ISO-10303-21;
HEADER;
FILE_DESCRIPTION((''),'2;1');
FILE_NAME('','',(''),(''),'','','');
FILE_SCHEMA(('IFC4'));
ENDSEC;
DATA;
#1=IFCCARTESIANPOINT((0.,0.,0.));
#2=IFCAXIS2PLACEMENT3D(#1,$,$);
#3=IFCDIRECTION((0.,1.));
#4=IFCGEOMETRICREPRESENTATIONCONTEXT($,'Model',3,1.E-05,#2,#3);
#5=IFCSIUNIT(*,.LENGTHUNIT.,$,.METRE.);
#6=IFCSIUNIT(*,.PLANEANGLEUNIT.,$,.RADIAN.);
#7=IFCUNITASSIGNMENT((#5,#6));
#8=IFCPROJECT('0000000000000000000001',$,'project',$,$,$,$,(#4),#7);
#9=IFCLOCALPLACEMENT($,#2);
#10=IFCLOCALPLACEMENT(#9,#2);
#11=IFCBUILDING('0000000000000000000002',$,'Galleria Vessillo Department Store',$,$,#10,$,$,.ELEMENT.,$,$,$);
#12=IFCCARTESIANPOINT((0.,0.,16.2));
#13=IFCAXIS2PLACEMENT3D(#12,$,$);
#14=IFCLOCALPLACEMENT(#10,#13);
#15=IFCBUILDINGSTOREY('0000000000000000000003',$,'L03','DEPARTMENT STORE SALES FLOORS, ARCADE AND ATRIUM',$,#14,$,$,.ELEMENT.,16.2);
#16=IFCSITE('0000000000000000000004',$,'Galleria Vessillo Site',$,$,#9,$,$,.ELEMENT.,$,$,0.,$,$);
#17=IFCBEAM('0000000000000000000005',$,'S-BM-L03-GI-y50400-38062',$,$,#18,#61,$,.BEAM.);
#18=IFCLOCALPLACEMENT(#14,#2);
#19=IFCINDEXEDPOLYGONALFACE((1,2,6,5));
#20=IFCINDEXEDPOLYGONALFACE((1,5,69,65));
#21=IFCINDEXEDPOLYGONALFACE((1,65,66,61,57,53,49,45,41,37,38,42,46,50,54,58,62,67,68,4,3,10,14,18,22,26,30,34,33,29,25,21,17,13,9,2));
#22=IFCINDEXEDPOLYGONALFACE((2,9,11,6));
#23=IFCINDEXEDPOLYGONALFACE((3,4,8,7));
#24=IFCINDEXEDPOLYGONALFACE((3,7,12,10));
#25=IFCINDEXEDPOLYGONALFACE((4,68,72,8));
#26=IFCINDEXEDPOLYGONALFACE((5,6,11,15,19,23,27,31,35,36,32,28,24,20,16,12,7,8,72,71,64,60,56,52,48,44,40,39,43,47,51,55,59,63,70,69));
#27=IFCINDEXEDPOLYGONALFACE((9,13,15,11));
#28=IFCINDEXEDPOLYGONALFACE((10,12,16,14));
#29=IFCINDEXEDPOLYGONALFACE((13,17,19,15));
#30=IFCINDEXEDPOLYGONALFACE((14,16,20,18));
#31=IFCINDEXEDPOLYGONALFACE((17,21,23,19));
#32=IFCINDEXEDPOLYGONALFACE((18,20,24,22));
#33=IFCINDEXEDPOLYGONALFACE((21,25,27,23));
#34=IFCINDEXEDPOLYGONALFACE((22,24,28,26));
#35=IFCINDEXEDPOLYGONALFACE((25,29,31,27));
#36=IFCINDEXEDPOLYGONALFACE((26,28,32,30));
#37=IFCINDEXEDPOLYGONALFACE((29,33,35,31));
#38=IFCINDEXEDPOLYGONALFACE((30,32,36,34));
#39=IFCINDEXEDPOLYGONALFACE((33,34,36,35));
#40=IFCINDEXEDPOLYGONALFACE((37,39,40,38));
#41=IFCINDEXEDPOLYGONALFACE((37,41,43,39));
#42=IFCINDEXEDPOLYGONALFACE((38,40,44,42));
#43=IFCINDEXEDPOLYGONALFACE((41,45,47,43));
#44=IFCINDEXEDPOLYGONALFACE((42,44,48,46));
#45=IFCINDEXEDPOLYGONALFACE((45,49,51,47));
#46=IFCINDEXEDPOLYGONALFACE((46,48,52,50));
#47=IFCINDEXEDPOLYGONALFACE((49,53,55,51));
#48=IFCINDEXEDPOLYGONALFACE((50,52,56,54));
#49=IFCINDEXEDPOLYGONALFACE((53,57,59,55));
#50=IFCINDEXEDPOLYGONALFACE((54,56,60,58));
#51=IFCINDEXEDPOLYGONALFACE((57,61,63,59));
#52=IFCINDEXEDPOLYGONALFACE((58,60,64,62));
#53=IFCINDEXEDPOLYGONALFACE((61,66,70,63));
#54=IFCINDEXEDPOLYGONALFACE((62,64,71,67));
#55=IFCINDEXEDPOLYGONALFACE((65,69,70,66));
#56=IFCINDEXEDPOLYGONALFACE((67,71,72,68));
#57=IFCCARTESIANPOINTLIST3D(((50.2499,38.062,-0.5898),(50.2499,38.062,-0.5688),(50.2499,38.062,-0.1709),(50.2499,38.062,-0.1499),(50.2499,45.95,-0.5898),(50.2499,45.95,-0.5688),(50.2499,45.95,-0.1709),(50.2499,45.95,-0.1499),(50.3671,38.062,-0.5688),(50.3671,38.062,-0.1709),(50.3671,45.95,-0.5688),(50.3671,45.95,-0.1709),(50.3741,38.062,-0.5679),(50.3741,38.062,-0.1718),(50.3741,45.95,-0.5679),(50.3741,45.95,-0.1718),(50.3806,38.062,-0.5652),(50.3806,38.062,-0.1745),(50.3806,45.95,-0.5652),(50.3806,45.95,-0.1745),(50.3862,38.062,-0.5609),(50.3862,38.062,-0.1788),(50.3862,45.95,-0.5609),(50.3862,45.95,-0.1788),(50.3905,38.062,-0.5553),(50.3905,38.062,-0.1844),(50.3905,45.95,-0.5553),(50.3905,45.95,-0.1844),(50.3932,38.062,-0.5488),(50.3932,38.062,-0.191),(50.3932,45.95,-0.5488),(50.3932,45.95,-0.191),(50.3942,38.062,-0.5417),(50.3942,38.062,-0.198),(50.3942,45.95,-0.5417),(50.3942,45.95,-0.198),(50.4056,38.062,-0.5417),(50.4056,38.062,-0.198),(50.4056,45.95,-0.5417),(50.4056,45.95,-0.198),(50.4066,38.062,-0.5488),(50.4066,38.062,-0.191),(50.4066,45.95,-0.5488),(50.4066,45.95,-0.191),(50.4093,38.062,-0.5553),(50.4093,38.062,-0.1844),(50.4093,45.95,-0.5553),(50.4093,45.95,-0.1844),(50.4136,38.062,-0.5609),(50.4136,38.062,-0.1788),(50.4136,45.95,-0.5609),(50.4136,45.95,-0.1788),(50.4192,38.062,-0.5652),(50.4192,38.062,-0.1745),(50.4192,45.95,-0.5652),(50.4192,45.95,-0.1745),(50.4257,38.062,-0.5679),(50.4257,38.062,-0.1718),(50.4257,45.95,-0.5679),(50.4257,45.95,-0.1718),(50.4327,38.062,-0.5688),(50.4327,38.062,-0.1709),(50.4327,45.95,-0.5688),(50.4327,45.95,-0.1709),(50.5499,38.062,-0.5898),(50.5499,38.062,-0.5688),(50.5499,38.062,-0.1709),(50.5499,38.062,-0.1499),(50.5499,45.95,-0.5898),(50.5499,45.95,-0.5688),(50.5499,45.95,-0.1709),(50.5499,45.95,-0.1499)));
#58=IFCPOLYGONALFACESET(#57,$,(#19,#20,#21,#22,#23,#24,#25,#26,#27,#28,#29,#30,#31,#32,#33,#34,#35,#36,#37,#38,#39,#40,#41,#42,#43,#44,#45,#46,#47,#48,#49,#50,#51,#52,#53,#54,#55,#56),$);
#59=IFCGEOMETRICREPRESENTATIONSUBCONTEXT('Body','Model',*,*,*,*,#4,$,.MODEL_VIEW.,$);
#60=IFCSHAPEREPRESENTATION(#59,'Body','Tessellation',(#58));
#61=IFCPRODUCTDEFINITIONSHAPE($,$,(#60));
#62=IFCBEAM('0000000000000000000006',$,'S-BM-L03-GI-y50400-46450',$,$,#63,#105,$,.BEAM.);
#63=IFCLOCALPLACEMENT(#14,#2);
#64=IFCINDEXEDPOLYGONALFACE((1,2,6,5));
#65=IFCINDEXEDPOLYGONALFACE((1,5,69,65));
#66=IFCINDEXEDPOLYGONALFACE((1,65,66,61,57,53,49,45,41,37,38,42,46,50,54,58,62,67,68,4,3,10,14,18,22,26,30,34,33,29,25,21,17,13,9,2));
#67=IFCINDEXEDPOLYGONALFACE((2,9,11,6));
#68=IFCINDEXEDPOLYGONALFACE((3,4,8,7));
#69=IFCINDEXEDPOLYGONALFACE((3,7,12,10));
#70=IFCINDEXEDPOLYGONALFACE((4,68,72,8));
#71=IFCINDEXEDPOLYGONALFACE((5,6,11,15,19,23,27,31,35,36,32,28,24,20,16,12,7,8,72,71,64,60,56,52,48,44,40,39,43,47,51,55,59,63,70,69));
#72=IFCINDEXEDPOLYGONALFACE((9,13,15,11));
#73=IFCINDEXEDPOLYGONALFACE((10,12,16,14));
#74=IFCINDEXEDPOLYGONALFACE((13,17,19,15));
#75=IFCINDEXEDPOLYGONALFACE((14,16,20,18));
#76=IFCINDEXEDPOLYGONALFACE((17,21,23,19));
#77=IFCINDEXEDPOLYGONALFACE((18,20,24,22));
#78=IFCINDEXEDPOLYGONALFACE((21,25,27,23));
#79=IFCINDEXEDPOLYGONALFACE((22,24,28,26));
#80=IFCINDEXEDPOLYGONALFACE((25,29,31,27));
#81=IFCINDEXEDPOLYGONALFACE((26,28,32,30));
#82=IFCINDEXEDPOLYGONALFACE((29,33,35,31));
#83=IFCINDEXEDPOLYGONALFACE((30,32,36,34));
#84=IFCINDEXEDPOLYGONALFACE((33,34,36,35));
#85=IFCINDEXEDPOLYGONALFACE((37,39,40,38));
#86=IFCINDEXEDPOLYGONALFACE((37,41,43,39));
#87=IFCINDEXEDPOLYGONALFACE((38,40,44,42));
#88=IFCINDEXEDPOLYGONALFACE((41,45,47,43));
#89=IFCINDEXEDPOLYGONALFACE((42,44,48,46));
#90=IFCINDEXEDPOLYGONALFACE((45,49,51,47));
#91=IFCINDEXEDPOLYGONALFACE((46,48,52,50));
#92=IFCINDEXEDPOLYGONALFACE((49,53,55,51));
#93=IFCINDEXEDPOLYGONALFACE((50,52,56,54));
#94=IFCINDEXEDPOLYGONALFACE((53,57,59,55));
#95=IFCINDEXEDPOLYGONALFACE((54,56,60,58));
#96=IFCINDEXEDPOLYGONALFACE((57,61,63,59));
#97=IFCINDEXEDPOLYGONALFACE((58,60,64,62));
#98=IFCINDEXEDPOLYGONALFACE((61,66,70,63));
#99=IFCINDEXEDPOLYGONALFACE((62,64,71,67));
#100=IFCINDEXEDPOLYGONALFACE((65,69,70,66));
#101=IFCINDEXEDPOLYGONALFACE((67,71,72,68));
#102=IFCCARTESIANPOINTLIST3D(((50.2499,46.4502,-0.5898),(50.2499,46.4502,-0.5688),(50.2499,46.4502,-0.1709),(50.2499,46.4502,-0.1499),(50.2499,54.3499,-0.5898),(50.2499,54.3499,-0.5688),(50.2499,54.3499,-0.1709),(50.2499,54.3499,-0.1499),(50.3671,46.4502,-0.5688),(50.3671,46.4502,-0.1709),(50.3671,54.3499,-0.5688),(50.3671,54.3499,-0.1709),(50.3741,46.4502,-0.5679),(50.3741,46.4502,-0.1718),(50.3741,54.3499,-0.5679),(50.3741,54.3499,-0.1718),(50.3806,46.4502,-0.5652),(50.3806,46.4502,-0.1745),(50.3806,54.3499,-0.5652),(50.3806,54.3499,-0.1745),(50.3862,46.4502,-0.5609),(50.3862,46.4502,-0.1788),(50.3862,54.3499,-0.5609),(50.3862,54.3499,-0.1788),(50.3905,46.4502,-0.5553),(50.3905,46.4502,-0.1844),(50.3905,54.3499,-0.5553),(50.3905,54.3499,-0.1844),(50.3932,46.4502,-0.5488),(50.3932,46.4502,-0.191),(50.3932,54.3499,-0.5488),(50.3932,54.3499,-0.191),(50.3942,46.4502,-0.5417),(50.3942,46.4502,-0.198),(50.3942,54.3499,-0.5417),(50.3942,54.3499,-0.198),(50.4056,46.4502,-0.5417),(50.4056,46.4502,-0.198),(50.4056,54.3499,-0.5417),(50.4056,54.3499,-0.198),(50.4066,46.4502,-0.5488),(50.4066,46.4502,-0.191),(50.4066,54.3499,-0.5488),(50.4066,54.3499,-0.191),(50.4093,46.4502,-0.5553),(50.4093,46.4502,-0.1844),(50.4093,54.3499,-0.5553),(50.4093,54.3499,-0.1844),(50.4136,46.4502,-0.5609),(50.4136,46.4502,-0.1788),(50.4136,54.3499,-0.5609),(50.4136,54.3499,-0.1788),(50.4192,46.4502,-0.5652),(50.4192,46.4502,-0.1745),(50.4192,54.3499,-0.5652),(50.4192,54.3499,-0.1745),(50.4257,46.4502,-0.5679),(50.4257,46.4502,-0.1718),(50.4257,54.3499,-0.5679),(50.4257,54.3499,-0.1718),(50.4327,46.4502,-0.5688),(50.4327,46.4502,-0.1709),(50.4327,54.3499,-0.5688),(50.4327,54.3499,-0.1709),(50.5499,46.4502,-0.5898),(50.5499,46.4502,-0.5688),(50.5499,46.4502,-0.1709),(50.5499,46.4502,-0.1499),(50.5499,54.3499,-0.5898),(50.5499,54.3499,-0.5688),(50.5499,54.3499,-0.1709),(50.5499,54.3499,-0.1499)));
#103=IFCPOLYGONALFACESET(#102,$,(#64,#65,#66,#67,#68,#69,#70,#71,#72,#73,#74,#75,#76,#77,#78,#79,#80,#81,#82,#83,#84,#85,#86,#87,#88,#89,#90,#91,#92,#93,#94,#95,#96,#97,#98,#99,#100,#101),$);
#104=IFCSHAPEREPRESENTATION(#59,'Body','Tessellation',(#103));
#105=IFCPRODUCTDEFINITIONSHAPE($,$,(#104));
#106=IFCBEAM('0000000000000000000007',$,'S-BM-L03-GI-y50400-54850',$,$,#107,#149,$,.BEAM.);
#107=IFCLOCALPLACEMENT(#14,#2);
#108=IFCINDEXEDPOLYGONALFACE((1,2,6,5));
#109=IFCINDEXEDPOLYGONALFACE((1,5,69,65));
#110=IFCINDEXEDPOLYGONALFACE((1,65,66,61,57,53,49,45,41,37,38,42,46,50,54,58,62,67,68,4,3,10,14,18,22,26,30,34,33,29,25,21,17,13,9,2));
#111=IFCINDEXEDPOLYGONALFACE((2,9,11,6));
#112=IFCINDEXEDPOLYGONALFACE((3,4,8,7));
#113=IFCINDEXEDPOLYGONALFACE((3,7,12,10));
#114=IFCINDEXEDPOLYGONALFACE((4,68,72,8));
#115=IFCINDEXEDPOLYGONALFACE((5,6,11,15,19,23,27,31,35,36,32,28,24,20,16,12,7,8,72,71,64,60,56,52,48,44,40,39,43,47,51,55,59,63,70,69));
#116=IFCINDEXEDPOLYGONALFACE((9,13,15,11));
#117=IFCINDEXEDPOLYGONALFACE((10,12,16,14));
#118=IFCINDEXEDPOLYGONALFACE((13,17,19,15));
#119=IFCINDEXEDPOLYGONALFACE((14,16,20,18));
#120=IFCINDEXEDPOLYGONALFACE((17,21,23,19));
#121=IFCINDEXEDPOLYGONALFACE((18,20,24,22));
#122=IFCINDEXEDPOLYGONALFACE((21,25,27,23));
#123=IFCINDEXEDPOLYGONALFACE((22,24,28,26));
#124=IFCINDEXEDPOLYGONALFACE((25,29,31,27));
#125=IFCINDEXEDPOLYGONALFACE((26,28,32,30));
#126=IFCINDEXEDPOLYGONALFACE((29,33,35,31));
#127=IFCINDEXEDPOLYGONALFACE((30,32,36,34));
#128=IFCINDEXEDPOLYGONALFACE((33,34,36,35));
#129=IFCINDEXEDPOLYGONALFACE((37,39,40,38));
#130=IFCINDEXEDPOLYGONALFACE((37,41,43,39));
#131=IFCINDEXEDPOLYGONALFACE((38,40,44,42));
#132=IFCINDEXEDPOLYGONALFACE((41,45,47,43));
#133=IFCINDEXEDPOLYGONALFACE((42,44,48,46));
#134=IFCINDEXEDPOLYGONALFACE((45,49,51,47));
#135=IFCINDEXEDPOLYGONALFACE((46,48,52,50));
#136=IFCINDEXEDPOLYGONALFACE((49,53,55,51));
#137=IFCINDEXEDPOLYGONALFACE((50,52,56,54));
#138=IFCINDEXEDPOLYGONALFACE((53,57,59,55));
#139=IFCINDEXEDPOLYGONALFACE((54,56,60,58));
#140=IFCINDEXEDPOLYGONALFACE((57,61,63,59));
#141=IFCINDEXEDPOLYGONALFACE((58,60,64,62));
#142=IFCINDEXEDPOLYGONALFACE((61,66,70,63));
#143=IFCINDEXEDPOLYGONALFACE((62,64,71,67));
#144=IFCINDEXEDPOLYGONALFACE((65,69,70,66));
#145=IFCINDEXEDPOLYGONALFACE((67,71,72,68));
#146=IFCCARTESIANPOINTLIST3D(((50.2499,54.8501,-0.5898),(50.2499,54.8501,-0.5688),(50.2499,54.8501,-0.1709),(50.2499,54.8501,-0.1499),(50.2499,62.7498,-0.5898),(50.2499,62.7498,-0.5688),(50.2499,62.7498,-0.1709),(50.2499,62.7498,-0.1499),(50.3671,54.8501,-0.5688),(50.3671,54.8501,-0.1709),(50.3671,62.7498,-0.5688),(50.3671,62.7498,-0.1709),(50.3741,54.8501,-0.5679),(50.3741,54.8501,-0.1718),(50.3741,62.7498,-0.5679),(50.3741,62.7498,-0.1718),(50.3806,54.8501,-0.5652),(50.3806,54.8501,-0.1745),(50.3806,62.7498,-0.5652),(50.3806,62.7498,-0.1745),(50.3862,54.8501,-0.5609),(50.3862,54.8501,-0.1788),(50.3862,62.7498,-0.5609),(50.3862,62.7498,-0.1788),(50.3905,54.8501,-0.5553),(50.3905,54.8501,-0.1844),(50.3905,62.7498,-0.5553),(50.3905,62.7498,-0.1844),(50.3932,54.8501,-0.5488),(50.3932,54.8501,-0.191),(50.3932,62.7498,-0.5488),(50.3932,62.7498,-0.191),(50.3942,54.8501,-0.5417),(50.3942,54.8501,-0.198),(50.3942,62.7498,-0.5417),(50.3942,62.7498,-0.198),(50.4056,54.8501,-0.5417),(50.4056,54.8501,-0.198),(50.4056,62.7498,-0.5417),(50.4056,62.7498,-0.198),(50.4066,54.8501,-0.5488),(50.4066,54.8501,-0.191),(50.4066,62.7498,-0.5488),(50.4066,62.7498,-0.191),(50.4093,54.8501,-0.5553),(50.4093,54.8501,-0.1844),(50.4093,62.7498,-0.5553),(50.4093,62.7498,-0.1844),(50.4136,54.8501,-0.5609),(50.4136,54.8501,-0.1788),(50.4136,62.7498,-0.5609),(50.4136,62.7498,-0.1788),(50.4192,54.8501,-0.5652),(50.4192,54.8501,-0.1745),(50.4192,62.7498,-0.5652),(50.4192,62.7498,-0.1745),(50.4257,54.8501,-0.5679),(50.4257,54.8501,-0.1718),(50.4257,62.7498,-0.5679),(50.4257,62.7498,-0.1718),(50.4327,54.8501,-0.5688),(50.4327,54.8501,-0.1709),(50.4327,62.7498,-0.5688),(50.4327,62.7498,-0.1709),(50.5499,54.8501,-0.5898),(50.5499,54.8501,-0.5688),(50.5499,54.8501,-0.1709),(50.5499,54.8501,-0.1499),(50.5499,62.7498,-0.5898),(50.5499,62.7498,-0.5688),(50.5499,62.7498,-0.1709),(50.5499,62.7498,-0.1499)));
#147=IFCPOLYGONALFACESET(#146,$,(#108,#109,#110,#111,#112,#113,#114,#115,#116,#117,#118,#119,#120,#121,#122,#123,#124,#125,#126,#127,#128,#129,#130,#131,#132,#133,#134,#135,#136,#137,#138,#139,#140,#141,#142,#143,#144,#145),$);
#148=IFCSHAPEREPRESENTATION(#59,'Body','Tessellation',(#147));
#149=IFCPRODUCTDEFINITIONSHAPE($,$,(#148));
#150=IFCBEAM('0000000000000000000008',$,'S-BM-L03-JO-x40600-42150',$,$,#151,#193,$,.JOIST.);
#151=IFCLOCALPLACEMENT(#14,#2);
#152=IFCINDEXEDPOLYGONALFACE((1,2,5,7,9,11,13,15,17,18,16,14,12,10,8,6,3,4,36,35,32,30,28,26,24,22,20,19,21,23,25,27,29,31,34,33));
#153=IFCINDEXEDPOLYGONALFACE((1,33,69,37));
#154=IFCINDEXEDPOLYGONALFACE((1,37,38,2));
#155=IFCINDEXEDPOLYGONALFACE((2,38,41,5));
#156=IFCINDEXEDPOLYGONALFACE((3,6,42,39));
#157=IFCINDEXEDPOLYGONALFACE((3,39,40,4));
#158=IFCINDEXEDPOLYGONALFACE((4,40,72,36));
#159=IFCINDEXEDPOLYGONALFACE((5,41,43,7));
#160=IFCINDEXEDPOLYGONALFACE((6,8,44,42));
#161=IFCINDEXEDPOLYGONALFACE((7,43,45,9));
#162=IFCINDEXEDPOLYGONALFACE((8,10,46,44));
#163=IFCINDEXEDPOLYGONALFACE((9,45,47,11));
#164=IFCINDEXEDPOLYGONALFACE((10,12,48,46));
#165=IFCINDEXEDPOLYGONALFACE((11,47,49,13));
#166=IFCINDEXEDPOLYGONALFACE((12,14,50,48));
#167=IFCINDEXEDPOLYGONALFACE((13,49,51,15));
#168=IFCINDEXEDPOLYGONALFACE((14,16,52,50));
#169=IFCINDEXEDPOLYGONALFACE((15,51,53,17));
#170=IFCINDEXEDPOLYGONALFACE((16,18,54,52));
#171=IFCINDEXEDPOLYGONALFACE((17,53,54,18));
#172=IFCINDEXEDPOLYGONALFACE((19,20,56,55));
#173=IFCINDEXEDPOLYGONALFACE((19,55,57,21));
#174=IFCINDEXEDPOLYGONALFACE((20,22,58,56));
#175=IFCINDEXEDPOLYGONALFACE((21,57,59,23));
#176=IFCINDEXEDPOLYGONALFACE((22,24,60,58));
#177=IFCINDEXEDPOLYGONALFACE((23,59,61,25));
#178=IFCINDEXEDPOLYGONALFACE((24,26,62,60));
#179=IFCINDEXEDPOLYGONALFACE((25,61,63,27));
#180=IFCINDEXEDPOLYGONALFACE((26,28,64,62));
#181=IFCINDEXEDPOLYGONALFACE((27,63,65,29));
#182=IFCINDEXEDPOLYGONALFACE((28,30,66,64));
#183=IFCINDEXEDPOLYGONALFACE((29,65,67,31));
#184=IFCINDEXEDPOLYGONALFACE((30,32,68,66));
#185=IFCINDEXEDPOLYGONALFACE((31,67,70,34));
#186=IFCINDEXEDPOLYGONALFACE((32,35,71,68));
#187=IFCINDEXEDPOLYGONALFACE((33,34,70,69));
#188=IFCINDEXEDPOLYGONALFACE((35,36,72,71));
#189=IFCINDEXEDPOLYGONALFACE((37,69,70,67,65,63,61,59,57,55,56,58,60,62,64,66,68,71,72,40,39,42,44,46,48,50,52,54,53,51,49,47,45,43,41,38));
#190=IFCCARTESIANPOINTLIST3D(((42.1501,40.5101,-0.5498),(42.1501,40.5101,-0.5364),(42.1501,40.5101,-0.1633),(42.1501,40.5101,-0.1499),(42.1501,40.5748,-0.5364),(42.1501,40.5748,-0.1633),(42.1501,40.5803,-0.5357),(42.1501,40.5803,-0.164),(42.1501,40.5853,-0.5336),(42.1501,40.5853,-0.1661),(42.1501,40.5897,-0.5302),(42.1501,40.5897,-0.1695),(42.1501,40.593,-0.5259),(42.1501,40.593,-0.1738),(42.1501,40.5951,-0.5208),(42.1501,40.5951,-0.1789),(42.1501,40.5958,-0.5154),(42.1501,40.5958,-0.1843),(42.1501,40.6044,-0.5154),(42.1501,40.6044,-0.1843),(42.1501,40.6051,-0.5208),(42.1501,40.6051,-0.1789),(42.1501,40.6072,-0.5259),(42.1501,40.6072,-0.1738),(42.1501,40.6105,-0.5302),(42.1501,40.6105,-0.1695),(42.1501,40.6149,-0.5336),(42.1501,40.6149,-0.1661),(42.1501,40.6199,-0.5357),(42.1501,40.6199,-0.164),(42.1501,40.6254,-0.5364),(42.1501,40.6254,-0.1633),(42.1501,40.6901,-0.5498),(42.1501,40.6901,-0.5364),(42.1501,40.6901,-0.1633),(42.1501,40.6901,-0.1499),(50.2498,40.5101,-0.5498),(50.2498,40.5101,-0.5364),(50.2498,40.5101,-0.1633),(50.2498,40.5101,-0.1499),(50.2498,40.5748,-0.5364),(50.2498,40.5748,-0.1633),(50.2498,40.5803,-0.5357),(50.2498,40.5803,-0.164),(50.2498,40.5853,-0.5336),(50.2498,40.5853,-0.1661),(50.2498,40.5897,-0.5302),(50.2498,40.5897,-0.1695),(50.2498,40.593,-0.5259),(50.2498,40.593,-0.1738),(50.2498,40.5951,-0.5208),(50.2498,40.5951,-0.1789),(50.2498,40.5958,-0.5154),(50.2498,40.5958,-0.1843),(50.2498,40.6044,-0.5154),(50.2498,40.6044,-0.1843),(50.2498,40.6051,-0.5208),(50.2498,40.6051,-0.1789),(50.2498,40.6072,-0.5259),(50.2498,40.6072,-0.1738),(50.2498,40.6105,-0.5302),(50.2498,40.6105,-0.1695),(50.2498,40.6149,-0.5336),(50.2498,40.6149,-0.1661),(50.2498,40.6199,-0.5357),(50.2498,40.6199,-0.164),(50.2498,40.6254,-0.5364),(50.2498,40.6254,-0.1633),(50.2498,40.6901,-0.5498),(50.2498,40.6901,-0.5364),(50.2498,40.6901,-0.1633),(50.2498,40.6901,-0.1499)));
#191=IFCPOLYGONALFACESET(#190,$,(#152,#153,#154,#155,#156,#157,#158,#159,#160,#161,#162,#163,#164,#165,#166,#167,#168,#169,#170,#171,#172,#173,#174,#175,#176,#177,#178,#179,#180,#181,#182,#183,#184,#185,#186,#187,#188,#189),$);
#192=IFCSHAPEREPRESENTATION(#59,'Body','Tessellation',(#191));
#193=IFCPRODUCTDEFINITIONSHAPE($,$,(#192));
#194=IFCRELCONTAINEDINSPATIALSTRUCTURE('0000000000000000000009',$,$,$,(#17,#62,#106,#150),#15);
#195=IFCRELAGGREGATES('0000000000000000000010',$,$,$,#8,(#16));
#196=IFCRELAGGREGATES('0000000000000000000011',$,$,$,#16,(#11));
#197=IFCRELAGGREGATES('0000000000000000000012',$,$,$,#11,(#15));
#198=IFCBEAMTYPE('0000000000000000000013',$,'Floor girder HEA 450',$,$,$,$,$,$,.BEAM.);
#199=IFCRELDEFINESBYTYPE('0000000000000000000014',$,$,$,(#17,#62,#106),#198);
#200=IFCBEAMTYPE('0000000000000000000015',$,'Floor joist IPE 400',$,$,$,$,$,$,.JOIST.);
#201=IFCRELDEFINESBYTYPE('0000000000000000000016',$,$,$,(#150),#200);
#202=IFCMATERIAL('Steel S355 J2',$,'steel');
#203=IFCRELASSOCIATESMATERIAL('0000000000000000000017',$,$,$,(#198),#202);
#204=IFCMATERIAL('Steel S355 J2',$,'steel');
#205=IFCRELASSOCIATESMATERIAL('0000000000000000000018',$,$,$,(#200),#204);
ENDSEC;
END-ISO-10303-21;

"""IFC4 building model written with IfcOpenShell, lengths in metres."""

from ifc_helpers import new_model, si_unit, direction, frame, origin, origin_2d, place, context, subcontext, project, spatial, i_section, extrude, material, material_profile, profile_set, type_object, element, save


model = new_model("IFC4")

# Units and contexts
model_context = context("Model", 3, precision=1e-05, world=origin(), true_north=direction((0.0, 1.0)))
body_context = subcontext(model_context, "Body", "Model", "MODEL_VIEW")
ifc_project = project(units=[si_unit("LENGTHUNIT", "METRE"), si_unit("PLANEANGLEUNIT", "RADIAN")], contexts=[model_context])

# Site, building, storey
site_placement = place(None, origin())
site = spatial("IfcSite", under=ifc_project, at=site_placement, Name="Galleria Vessillo Site", CompositionType="ELEMENT", RefElevation=0.0)
building_placement = place(site_placement, origin())
building = spatial("IfcBuilding", under=site, at=building_placement, Name="Galleria Vessillo Department Store", CompositionType="ELEMENT")
storey_placement = place(building_placement, frame((0.0, 0.0, 16.2)))
storey = spatial("IfcBuildingStorey", under=building, at=storey_placement, Name="L03", Description="DEPARTMENT STORE SALES FLOORS, ARCADE AND ATRIUM", CompositionType="ELEMENT", Elevation=16.2)

# Beams
ifc_material_1 = material(Name="Steel S355 J2", Category="steel")
ifc_material_profile_1 = material_profile(ifc_material_1, i_section(OverallWidth=0.3, OverallDepth=0.4399, WebThickness=0.0115, FlangeThickness=0.021, FilletRadius=0.0271, at=origin_2d()), Name="HEA 450")
ifc_profile_set_1 = profile_set([ifc_material_profile_1], Name="Steel S355 J2")
beam_type_1 = type_object("IfcBeamType", Name="Floor girder HEA 450", PredefinedType="BEAM", material=ifc_profile_set_1)
beam_placement = place(storey_placement, frame((50.3999, 38.062, -0.3699), z_axis=(0.0, 1.0, 0.0), x_axis=(-1.0, 0.0, 0.0)))
element("IfcBeam", 1, at=beam_placement, inside=storey, type_object=beam_type_1, Name="S-BM-L03-GI-y50400-38062", PredefinedType="BEAM", context=body_context, shape_type="SweptSolid", body=[
    extrude(i_section(OverallWidth=0.3, OverallDepth=0.4399, WebThickness=0.0115, FlangeThickness=0.021, FilletRadius=0.0271, at=origin_2d()), origin(), (0.0, 0.0, 1.0), 7.8879),
])
for number, where, z_axis, x_axis, name in (
    (2, (50.3999, 46.4502, -0.3699), (0.0, 1.0, 0.0), (-1.0, 0.0, 0.0), "S-BM-L03-GI-y50400-46450"),
    (3, (50.3999, 54.8501, -0.3699), (0.0, 1.0, 0.0), (-1.0, 0.0, 0.0), "S-BM-L03-GI-y50400-54850"),
):
    element("IfcBeam", number, at=place(storey_placement, frame(where, z_axis=z_axis, x_axis=x_axis)), inside=storey, type_object=beam_type_1, Name=name, PredefinedType="BEAM", context=body_context, shape_type="SweptSolid", body=[
        extrude(i_section(OverallWidth=0.3, OverallDepth=0.4399, WebThickness=0.0115, FlangeThickness=0.021, FilletRadius=0.0271, at=origin_2d()), origin(), (0.0, 0.0, 1.0), 7.8997),
    ])
ifc_material_2 = material(Name="Steel S355 J2", Category="steel")
ifc_material_profile_2 = material_profile(ifc_material_2, i_section(OverallWidth=0.1799, OverallDepth=0.3999, WebThickness=0.0085, FlangeThickness=0.0134, FilletRadius=0.021, at=origin_2d()), Name="IPE 400")
ifc_profile_set_2 = profile_set([ifc_material_profile_2], Name="Steel S355 J2")
beam_type_2 = type_object("IfcBeamType", Name="Floor joist IPE 400", PredefinedType="JOIST", material=ifc_profile_set_2)
for number, where, z_axis, x_axis, name in (
    (4, (42.1501, 40.6001, -0.3499), (1.0, 0.0, 0.0), (0.0, 1.0, 0.0), "S-BM-L03-JO-x40600-42150"),
):
    element("IfcBeam", number, at=place(storey_placement, frame(where, z_axis=z_axis, x_axis=x_axis)), inside=storey, type_object=beam_type_2, Name=name, PredefinedType="JOIST", context=body_context, shape_type="SweptSolid", body=[
        extrude(i_section(OverallWidth=0.1799, OverallDepth=0.3999, WebThickness=0.0085, FlangeThickness=0.0134, FilletRadius=0.021, at=origin_2d()), origin(), (0.0, 0.0, 1.0), 8.0996),
    ])

save(model, "model.ifc")
